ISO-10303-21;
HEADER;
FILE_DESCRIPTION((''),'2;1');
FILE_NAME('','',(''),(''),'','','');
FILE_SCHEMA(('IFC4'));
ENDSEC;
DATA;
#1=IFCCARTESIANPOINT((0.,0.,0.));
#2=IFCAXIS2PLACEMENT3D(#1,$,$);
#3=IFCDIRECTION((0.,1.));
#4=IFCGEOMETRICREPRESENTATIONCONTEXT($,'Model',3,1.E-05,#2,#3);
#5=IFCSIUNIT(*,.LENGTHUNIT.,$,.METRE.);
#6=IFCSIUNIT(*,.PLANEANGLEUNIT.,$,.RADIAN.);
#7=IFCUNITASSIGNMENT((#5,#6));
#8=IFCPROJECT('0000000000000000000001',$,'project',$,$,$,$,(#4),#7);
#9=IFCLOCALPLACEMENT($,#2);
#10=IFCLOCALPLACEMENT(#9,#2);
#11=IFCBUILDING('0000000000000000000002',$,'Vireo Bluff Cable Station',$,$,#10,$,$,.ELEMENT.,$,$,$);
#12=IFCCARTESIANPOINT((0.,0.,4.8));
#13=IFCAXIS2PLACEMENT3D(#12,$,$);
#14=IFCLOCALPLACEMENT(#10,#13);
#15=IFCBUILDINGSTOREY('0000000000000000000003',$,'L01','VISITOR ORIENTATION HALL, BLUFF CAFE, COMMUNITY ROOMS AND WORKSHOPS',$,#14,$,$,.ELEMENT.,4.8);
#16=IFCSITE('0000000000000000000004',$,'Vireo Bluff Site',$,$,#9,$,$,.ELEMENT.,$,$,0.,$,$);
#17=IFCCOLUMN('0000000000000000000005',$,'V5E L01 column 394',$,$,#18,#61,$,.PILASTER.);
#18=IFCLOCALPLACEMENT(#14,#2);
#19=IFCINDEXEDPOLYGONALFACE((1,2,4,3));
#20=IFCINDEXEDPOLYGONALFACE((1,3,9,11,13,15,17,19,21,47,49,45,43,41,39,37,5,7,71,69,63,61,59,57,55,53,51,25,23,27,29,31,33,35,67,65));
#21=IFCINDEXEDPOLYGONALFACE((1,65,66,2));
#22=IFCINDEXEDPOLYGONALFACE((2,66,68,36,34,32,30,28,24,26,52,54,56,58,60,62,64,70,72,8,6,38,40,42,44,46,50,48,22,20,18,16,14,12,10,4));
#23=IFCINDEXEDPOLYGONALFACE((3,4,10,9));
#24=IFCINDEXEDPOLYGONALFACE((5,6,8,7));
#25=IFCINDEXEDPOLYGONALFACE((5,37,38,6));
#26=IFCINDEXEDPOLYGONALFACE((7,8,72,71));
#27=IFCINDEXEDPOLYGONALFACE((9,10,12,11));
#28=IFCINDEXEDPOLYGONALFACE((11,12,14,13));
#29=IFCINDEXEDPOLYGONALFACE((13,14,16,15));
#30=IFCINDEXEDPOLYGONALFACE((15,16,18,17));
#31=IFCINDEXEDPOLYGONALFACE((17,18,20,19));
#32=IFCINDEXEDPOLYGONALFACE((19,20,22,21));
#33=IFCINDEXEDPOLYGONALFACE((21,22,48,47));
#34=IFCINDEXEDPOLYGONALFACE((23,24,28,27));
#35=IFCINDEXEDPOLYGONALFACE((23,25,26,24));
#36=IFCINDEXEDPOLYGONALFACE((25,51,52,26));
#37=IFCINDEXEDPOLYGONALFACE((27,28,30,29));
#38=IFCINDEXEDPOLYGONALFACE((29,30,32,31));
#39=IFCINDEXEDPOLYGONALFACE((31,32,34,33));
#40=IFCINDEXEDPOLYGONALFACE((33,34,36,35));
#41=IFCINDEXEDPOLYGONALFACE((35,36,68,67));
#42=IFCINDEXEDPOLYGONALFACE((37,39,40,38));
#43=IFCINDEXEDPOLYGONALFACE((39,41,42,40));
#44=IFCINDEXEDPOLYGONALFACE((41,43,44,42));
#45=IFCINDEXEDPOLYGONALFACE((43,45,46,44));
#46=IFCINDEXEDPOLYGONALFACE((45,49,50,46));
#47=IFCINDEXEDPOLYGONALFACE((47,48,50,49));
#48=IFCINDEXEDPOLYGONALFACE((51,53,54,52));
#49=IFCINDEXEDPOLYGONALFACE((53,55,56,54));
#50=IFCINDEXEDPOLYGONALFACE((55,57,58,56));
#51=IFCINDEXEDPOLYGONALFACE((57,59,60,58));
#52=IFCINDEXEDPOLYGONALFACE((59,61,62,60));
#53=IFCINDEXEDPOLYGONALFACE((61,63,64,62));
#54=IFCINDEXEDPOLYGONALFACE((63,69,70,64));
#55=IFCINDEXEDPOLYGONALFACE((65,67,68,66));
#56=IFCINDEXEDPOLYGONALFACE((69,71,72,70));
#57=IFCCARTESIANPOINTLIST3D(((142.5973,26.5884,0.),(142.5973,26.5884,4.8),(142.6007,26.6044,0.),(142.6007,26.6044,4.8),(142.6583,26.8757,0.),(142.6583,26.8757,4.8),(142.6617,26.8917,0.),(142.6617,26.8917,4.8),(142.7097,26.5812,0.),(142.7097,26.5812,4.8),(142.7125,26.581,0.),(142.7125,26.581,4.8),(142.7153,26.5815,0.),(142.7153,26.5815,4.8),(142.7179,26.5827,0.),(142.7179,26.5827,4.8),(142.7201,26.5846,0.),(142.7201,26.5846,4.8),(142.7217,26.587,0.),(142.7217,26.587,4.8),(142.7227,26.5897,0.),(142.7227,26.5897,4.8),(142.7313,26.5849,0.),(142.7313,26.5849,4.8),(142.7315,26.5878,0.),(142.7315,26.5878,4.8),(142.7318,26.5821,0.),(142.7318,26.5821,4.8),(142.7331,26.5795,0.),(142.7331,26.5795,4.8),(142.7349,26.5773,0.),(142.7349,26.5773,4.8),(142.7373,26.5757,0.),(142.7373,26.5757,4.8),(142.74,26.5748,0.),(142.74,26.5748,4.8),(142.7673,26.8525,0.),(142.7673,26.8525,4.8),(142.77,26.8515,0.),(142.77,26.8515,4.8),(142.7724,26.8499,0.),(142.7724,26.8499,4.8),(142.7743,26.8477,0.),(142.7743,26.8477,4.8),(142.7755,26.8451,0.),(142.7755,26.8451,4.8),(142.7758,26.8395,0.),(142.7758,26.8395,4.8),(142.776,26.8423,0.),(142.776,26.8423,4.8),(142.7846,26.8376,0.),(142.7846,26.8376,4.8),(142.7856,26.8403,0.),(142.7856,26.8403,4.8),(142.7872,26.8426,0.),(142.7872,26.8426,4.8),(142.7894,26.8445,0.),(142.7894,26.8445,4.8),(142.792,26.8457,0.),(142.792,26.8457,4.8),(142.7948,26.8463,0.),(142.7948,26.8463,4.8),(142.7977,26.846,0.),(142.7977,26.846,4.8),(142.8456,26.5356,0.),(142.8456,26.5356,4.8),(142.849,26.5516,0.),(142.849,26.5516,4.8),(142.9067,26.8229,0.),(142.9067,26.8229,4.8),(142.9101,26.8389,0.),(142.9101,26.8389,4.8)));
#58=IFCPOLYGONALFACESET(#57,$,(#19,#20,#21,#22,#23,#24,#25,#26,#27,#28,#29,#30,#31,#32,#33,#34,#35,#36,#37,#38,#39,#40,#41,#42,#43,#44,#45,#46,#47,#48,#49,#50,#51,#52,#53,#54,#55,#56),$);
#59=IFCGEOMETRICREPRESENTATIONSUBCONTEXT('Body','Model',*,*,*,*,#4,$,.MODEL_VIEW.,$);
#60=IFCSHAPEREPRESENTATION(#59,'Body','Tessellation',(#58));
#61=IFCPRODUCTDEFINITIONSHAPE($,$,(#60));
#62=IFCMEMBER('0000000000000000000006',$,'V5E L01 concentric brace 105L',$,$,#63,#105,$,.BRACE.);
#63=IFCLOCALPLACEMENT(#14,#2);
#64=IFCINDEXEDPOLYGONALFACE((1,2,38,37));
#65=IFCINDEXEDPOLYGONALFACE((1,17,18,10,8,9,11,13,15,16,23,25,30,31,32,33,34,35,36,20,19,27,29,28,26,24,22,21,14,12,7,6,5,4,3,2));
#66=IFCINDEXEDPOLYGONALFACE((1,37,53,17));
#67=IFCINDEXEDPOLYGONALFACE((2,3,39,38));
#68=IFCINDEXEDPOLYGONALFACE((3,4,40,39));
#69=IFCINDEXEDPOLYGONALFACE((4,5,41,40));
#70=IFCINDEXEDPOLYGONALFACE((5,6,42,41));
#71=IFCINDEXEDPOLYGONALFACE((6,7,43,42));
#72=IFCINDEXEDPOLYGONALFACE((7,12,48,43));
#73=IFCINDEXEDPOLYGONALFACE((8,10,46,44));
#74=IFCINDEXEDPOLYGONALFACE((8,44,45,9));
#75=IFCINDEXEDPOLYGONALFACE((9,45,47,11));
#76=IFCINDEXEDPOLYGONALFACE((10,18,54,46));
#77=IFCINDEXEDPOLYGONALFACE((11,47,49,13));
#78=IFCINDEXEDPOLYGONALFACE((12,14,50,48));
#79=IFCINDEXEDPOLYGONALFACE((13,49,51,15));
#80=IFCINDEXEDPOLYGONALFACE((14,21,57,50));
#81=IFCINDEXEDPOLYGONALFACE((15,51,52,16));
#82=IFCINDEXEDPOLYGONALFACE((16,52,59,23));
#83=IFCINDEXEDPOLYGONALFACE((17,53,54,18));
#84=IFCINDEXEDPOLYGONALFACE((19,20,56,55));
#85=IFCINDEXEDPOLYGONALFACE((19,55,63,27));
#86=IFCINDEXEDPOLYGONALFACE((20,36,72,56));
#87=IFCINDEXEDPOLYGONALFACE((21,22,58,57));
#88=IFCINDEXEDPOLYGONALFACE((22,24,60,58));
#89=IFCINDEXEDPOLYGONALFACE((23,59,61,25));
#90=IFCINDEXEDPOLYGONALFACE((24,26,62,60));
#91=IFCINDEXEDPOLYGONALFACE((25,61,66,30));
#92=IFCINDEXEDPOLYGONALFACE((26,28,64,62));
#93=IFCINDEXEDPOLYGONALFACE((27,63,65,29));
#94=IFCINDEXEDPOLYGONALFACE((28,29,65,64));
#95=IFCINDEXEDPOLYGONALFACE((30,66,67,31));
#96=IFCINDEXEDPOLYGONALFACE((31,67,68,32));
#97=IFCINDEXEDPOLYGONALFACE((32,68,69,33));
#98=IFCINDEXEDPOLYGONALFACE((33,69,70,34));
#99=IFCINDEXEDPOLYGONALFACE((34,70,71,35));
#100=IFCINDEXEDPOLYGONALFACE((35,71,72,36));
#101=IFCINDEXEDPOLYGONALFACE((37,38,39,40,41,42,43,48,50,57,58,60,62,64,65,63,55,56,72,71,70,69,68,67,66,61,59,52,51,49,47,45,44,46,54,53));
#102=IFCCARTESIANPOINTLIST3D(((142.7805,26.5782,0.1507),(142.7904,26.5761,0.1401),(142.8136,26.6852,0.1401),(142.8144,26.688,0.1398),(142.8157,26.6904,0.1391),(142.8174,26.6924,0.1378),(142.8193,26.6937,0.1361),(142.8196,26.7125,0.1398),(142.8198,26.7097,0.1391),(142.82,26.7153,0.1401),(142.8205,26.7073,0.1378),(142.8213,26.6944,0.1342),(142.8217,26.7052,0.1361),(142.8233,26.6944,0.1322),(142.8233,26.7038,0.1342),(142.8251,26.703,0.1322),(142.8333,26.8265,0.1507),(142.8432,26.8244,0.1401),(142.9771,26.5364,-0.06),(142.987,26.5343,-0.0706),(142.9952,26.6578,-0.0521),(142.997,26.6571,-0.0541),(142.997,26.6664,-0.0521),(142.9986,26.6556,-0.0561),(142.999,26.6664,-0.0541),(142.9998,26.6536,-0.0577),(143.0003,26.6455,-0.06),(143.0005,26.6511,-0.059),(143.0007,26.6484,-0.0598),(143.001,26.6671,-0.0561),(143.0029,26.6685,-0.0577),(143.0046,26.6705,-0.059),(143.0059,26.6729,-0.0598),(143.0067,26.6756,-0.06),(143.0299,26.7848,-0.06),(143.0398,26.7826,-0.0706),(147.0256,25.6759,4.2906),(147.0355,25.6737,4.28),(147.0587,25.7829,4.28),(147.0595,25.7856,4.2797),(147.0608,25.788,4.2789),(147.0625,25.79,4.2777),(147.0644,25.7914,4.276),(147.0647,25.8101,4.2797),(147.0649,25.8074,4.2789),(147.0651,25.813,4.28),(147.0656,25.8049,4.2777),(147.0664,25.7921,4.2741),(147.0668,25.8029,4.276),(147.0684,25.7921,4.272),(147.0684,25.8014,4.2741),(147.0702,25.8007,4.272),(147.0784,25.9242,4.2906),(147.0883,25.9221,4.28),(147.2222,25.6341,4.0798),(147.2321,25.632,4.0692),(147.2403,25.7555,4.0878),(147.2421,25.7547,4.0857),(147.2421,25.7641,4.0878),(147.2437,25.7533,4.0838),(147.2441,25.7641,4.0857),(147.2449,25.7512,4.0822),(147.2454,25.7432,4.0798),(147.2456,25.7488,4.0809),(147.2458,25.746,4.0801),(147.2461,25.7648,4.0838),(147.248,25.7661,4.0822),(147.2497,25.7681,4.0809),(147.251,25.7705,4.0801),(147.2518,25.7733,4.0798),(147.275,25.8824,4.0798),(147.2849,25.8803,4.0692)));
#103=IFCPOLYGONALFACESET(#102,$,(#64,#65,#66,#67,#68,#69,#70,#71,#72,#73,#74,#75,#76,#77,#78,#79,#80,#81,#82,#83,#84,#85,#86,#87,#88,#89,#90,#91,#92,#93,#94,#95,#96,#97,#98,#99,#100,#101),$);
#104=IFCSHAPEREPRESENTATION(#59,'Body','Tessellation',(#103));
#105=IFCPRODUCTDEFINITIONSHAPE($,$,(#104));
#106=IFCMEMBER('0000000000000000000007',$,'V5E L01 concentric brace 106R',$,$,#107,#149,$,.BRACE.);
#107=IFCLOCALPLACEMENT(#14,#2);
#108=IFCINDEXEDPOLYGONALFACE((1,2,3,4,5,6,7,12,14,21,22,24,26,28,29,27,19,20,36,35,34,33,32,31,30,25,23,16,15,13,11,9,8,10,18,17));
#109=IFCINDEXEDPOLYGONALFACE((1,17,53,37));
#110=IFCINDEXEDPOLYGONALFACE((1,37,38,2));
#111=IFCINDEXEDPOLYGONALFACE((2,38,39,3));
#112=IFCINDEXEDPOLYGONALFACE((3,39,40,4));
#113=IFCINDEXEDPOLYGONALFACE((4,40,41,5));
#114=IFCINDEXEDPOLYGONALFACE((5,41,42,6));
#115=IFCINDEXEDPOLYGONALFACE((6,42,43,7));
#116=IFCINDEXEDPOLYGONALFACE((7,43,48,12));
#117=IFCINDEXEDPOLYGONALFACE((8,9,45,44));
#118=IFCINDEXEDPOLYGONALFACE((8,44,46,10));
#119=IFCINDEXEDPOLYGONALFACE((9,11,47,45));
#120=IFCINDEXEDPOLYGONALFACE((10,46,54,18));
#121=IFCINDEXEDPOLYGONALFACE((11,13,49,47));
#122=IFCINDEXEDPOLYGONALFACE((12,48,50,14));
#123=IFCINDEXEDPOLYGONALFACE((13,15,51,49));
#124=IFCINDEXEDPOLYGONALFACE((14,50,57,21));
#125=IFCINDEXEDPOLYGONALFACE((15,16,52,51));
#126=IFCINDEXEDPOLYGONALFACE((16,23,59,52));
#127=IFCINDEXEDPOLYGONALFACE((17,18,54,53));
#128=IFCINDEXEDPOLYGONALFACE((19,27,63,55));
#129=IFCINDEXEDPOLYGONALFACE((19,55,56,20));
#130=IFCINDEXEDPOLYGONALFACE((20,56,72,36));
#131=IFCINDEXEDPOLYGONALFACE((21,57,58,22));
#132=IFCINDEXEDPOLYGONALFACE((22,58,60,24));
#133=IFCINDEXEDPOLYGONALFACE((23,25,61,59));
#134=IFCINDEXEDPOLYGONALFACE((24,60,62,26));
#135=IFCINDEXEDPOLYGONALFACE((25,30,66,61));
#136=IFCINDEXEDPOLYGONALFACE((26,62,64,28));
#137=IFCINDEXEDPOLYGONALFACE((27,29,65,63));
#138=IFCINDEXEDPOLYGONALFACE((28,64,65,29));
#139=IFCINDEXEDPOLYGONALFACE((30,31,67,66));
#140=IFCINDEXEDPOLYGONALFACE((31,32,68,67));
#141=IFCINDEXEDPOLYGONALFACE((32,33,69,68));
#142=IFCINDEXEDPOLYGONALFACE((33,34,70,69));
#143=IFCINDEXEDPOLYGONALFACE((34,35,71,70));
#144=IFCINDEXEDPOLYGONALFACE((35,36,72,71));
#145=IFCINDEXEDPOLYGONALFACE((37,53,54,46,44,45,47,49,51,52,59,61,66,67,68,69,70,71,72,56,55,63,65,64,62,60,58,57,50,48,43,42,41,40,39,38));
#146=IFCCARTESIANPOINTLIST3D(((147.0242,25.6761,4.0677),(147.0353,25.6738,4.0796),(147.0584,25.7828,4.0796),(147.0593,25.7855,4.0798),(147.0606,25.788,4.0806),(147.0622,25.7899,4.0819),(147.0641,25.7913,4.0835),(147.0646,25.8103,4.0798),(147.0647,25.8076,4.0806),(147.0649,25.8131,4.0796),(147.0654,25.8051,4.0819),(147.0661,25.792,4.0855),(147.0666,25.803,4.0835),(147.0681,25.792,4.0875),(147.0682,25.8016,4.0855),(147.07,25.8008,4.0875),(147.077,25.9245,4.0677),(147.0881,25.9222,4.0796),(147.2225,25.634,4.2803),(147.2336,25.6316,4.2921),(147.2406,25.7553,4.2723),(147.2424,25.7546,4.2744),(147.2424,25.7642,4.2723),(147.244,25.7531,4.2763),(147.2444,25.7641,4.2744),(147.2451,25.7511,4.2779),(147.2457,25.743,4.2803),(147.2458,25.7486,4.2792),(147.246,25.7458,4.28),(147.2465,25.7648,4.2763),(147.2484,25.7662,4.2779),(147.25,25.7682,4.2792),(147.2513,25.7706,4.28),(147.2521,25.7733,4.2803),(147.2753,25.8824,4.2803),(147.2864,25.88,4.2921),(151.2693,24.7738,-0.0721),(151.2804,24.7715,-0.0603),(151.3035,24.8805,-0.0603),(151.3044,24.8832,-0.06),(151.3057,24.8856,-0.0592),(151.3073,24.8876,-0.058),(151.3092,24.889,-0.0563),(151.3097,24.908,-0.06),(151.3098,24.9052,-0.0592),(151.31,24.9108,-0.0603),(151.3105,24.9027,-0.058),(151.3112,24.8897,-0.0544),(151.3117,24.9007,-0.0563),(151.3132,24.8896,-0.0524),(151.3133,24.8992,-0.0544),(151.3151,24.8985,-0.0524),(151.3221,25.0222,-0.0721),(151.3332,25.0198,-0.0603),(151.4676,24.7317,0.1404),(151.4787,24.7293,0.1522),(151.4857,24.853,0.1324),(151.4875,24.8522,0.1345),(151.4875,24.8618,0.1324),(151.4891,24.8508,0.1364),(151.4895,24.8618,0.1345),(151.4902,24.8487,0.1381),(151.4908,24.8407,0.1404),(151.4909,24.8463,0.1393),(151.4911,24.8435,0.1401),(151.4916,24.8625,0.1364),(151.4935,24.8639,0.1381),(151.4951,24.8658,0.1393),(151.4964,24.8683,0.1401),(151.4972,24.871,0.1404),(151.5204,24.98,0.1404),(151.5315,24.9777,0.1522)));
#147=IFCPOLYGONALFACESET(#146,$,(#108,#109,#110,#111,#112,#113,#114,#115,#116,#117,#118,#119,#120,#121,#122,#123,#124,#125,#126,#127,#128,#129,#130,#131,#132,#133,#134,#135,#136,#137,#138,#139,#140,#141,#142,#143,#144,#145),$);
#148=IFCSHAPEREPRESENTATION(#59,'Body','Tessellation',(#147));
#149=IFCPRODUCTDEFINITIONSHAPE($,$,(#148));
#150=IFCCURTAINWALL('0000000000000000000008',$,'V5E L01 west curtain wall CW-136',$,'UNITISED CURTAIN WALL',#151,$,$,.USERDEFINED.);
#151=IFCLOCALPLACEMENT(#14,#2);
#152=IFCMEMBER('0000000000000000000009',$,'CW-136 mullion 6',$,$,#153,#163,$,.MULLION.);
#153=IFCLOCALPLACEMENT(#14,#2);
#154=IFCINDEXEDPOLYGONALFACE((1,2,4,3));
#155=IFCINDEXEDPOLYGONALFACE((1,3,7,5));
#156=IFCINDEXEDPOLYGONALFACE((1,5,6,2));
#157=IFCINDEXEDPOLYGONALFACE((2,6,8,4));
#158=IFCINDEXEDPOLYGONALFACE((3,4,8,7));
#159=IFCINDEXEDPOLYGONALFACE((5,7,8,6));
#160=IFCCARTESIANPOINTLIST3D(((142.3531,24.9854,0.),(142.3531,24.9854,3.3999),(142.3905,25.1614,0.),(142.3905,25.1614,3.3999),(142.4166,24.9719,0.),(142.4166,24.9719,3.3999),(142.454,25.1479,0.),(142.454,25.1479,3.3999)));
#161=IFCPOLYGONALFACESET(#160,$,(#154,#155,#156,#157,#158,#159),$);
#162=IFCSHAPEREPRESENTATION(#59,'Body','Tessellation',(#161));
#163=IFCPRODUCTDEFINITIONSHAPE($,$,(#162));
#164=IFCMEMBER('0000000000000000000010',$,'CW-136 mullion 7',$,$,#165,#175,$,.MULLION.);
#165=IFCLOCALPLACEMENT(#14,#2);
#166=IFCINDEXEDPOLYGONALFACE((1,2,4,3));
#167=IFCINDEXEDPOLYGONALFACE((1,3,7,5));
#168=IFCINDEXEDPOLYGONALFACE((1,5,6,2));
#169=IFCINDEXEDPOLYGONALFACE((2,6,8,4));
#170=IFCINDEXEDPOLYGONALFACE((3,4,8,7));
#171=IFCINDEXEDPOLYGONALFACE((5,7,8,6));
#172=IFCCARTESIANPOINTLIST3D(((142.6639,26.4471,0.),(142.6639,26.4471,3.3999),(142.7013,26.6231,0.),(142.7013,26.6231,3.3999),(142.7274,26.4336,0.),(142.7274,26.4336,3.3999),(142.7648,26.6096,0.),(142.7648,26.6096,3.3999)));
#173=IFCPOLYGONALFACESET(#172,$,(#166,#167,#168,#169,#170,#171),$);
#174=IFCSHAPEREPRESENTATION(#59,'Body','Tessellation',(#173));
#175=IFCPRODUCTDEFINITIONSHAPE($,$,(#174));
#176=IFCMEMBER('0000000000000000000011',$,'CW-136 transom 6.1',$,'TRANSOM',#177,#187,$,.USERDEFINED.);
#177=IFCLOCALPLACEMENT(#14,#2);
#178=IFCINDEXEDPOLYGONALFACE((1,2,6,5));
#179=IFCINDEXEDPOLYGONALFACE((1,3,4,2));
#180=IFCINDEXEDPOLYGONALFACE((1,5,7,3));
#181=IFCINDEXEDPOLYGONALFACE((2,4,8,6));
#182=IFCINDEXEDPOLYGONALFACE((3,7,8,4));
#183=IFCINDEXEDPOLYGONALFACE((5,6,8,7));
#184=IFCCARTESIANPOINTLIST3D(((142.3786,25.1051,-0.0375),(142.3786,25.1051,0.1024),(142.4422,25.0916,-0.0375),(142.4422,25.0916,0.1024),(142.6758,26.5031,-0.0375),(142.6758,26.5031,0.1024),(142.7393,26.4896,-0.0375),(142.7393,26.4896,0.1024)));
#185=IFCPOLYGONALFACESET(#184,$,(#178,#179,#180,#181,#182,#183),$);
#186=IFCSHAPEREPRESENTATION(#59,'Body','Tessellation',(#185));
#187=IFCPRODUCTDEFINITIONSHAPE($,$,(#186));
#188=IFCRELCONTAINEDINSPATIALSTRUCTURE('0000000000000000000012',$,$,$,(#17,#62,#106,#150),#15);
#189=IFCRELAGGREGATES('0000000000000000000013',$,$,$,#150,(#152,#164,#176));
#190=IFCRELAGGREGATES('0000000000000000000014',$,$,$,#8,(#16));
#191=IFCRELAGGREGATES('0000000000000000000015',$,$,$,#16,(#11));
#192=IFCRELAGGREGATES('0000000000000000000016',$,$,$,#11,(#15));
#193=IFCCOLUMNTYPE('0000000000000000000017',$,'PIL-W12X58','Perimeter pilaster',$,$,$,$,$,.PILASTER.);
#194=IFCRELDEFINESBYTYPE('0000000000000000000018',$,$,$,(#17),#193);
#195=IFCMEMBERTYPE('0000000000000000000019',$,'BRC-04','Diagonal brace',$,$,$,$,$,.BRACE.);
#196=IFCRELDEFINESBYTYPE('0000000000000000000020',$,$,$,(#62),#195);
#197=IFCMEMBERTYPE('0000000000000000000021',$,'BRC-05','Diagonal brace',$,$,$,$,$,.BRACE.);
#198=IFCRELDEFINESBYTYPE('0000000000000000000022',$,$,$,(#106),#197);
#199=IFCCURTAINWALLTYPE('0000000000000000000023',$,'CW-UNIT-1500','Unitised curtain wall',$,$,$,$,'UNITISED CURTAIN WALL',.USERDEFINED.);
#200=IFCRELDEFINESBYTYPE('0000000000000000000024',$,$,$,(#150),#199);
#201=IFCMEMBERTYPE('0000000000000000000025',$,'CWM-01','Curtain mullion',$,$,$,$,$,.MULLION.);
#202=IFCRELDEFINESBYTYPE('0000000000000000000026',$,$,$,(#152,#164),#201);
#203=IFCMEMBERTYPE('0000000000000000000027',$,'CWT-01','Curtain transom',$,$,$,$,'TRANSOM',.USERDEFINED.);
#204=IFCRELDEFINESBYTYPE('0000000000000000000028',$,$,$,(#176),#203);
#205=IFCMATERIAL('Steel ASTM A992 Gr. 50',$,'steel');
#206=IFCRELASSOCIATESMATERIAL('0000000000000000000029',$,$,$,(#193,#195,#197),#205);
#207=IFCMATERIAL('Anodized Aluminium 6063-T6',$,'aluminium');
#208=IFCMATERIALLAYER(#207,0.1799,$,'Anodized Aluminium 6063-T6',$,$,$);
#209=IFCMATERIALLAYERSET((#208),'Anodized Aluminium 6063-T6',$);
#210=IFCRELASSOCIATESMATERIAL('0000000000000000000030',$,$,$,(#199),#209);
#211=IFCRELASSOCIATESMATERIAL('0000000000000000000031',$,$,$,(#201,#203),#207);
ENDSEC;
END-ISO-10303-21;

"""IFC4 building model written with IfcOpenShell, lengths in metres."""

from ifc_helpers import new_model, si_unit, direction, frame, origin, origin_2d, place, context, subcontext, project, spatial, rectangle, i_section, extrude, material, layer, layer_set, material_profile, profile_set, type_object, element, aggregate, save


model = new_model("IFC4")

# Units and contexts
model_context = context("Model", 3, precision=1e-05, world=origin(), true_north=direction((0.0, 1.0)))
body_context = subcontext(model_context, "Body", "Model", "MODEL_VIEW")
ifc_project = project(units=[si_unit("LENGTHUNIT", "METRE"), si_unit("PLANEANGLEUNIT", "RADIAN")], contexts=[model_context])

# Site, building, storey
site_placement = place(None, origin())
site = spatial("IfcSite", under=ifc_project, at=site_placement, Name="Vireo Bluff Site", CompositionType="ELEMENT", RefElevation=0.0)
building_placement = place(site_placement, origin())
building = spatial("IfcBuilding", under=site, at=building_placement, Name="Vireo Bluff Cable Station", CompositionType="ELEMENT")
storey_placement = place(building_placement, frame((0.0, 0.0, 4.8)))
storey = spatial("IfcBuildingStorey", under=building, at=storey_placement, Name="L01", Description="VISITOR ORIENTATION HALL, BLUFF CAFE, COMMUNITY ROOMS AND WORKSHOPS", CompositionType="ELEMENT", Elevation=4.8)

# Column
ifc_material_1 = material(Name="Steel ASTM A992 Gr. 50", Category="steel")
ifc_material_profile_1 = material_profile(ifc_material_1, i_section(OverallWidth=0.2539, OverallDepth=0.3101, WebThickness=0.009, FlangeThickness=0.0164, FilletRadius=0.011, at=origin_2d()), Name="W12X58")
ifc_profile_set_1 = profile_set([ifc_material_profile_1], Name="Steel ASTM A992 Gr. 50")
column_type = type_object("IfcColumnType", Name="PIL-W12X58", Description="Perimeter pilaster", PredefinedType="PILASTER", material=ifc_profile_set_1)
column_placement = place(storey_placement, frame((142.7537, 26.7136, 0.0), z_axis=(0.0, 0.0, 1.0), x_axis=(0.978148, -0.207912, 0.0)))
element("IfcColumn", 1, at=column_placement, inside=storey, type_object=column_type, Name="V5E L01 column 394", PredefinedType="PILASTER", context=body_context, shape_type="SweptSolid", body=[
    extrude(i_section(OverallWidth=0.2539, OverallDepth=0.3101, WebThickness=0.009, FlangeThickness=0.0164, FilletRadius=0.011, at=origin_2d()), origin(), (0.0, 0.0, 1.0), 4.8),
])

# Members
ifc_material_profile_2 = material_profile(ifc_material_1, i_section(OverallWidth=0.2539, OverallDepth=0.3059, WebThickness=0.0088, FlangeThickness=0.0146, FilletRadius=0.011, at=origin_2d()), Name="W12X53")
ifc_profile_set_2 = profile_set([ifc_material_profile_2], Name="Steel ASTM A992 Gr. 50")
member_type_1 = type_object("IfcMemberType", Name="BRC-04", Description="Diagonal brace", PredefinedType="BRACE", material=ifc_profile_set_2)
member_1_placement = place(storey_placement, frame((142.9102, 26.6804, 0.04), z_axis=(0.707776, -0.150445, 0.690232), x_axis=(0.207915, 0.978147, 0.0)))
element("IfcMember", 2, at=member_1_placement, inside=storey, type_object=member_type_1, Name="V5E L01 concentric brace 105L", PredefinedType="BRACE", context=body_context, shape_type="SweptSolid", body=[
    extrude(i_section(OverallWidth=0.2539, OverallDepth=0.3059, WebThickness=0.0088, FlangeThickness=0.0146, FilletRadius=0.011, at=origin_2d()), origin(), (0.0, 0.0, 1.0), 5.9978),
])
ifc_material_profile_3 = material_profile(ifc_material_1, i_section(OverallWidth=0.2539, OverallDepth=0.3101, WebThickness=0.009, FlangeThickness=0.0164, FilletRadius=0.011, at=origin_2d()), Name="W12X58")
ifc_profile_set_3 = profile_set([ifc_material_profile_3], Name="Steel ASTM A992 Gr. 50")
member_type_2 = type_object("IfcMemberType", Name="BRC-05", Description="Diagonal brace", PredefinedType="BRACE", material=ifc_profile_set_3)
member_2_placement = place(storey_placement, frame((151.4004, 24.8757, 0.04), z_axis=(-0.707776, 0.150445, 0.690232), x_axis=(-0.207915, -0.978147, 0.0)))
element("IfcMember", 3, at=member_2_placement, inside=storey, type_object=member_type_2, Name="V5E L01 concentric brace 106R", PredefinedType="BRACE", context=body_context, shape_type="SweptSolid", body=[
    extrude(i_section(OverallWidth=0.2539, OverallDepth=0.3101, WebThickness=0.009, FlangeThickness=0.0164, FilletRadius=0.011, at=origin_2d()), origin(), (0.0, 0.0, 1.0), 5.9978),
])

# Curtain wall, members
ifc_material_2 = material(Name="Anodized Aluminium 6063-T6", Category="aluminium")
ifc_layer_1 = layer(ifc_material_2, 0.1799, Name="Anodized Aluminium 6063-T6")
ifc_layer_set_1 = layer_set([ifc_layer_1], Name="Anodized Aluminium 6063-T6")
curtain_wall_type = type_object("IfcCurtainWallType", Name="CW-UNIT-1500", Description="Unitised curtain wall", ElementType="UNITISED CURTAIN WALL", PredefinedType="USERDEFINED", material=ifc_layer_set_1)
curtain_wall_placement = place(storey_placement, origin())
curtain_wall = element("IfcCurtainWall", 4, at=curtain_wall_placement, inside=storey, type_object=curtain_wall_type, Name="V5E L01 west curtain wall CW-136", ObjectType="UNITISED CURTAIN WALL", PredefinedType="USERDEFINED")
ifc_material_profile_4 = material_profile(ifc_material_2, rectangle(XDim=0.0649, YDim=0.1799, at=origin_2d()), Name="ALU-M-65X180")
ifc_profile_set_4 = profile_set([ifc_material_profile_4], Name="Anodized Aluminium 6063-T6")
member_type_3 = type_object("IfcMemberType", Name="CWM-01", Description="Curtain mullion", PredefinedType="MULLION", material=ifc_profile_set_4)
member_3_placement = place(storey_placement, frame((142.4036, 25.0667, 0.0), z_axis=(0.0, 0.0, 1.0), x_axis=(-0.978148, 0.207912, 0.0)))
member_3 = element("IfcMember", 5, at=member_3_placement, type_object=member_type_3, Name="CW-136 mullion 6", PredefinedType="MULLION", context=body_context, shape_type="SweptSolid", body=[
    extrude(rectangle(XDim=0.0649, YDim=0.1799, at=origin_2d()), origin(), (0.0, 0.0, 1.0), 3.3999),
])
member_4_placement = place(storey_placement, frame((142.7144, 26.5283, 0.0), z_axis=(0.0, 0.0, 1.0), x_axis=(-0.978148, 0.207912, 0.0)))
member_4 = element("IfcMember", 6, at=member_4_placement, type_object=member_type_3, Name="CW-136 mullion 7", PredefinedType="MULLION", context=body_context, shape_type="SweptSolid", body=[
    extrude(rectangle(XDim=0.0649, YDim=0.1799, at=origin_2d()), origin(), (0.0, 0.0, 1.0), 3.3999),
])
ifc_material_profile_5 = material_profile(ifc_material_2, rectangle(XDim=0.0649, YDim=0.1399, at=origin_2d()), Name="ALU-T-65X140")
ifc_profile_set_5 = profile_set([ifc_material_profile_5], Name="Anodized Aluminium 6063-T6")
member_type_4 = type_object("IfcMemberType", Name="CWT-01", Description="Curtain transom", ElementType="TRANSOM", PredefinedType="USERDEFINED", material=ifc_profile_set_5)
member_5_placement = place(storey_placement, frame((142.4104, 25.0984, 0.0325), z_axis=(0.207896, 0.978151, 0.0), x_axis=(-0.978151, 0.207896, 0.0)))
member_5 = element("IfcMember", 7, at=member_5_placement, type_object=member_type_4, Name="CW-136 transom 6.1", ObjectType="TRANSOM", PredefinedType="USERDEFINED", context=body_context, shape_type="SweptSolid", body=[
    extrude(rectangle(XDim=0.0649, YDim=0.1399, at=origin_2d()), origin(), (0.0, 0.0, 1.0), 1.4292),
])

aggregate(curtain_wall, [member_3, member_4, member_5])

save(model, "model.ifc")
